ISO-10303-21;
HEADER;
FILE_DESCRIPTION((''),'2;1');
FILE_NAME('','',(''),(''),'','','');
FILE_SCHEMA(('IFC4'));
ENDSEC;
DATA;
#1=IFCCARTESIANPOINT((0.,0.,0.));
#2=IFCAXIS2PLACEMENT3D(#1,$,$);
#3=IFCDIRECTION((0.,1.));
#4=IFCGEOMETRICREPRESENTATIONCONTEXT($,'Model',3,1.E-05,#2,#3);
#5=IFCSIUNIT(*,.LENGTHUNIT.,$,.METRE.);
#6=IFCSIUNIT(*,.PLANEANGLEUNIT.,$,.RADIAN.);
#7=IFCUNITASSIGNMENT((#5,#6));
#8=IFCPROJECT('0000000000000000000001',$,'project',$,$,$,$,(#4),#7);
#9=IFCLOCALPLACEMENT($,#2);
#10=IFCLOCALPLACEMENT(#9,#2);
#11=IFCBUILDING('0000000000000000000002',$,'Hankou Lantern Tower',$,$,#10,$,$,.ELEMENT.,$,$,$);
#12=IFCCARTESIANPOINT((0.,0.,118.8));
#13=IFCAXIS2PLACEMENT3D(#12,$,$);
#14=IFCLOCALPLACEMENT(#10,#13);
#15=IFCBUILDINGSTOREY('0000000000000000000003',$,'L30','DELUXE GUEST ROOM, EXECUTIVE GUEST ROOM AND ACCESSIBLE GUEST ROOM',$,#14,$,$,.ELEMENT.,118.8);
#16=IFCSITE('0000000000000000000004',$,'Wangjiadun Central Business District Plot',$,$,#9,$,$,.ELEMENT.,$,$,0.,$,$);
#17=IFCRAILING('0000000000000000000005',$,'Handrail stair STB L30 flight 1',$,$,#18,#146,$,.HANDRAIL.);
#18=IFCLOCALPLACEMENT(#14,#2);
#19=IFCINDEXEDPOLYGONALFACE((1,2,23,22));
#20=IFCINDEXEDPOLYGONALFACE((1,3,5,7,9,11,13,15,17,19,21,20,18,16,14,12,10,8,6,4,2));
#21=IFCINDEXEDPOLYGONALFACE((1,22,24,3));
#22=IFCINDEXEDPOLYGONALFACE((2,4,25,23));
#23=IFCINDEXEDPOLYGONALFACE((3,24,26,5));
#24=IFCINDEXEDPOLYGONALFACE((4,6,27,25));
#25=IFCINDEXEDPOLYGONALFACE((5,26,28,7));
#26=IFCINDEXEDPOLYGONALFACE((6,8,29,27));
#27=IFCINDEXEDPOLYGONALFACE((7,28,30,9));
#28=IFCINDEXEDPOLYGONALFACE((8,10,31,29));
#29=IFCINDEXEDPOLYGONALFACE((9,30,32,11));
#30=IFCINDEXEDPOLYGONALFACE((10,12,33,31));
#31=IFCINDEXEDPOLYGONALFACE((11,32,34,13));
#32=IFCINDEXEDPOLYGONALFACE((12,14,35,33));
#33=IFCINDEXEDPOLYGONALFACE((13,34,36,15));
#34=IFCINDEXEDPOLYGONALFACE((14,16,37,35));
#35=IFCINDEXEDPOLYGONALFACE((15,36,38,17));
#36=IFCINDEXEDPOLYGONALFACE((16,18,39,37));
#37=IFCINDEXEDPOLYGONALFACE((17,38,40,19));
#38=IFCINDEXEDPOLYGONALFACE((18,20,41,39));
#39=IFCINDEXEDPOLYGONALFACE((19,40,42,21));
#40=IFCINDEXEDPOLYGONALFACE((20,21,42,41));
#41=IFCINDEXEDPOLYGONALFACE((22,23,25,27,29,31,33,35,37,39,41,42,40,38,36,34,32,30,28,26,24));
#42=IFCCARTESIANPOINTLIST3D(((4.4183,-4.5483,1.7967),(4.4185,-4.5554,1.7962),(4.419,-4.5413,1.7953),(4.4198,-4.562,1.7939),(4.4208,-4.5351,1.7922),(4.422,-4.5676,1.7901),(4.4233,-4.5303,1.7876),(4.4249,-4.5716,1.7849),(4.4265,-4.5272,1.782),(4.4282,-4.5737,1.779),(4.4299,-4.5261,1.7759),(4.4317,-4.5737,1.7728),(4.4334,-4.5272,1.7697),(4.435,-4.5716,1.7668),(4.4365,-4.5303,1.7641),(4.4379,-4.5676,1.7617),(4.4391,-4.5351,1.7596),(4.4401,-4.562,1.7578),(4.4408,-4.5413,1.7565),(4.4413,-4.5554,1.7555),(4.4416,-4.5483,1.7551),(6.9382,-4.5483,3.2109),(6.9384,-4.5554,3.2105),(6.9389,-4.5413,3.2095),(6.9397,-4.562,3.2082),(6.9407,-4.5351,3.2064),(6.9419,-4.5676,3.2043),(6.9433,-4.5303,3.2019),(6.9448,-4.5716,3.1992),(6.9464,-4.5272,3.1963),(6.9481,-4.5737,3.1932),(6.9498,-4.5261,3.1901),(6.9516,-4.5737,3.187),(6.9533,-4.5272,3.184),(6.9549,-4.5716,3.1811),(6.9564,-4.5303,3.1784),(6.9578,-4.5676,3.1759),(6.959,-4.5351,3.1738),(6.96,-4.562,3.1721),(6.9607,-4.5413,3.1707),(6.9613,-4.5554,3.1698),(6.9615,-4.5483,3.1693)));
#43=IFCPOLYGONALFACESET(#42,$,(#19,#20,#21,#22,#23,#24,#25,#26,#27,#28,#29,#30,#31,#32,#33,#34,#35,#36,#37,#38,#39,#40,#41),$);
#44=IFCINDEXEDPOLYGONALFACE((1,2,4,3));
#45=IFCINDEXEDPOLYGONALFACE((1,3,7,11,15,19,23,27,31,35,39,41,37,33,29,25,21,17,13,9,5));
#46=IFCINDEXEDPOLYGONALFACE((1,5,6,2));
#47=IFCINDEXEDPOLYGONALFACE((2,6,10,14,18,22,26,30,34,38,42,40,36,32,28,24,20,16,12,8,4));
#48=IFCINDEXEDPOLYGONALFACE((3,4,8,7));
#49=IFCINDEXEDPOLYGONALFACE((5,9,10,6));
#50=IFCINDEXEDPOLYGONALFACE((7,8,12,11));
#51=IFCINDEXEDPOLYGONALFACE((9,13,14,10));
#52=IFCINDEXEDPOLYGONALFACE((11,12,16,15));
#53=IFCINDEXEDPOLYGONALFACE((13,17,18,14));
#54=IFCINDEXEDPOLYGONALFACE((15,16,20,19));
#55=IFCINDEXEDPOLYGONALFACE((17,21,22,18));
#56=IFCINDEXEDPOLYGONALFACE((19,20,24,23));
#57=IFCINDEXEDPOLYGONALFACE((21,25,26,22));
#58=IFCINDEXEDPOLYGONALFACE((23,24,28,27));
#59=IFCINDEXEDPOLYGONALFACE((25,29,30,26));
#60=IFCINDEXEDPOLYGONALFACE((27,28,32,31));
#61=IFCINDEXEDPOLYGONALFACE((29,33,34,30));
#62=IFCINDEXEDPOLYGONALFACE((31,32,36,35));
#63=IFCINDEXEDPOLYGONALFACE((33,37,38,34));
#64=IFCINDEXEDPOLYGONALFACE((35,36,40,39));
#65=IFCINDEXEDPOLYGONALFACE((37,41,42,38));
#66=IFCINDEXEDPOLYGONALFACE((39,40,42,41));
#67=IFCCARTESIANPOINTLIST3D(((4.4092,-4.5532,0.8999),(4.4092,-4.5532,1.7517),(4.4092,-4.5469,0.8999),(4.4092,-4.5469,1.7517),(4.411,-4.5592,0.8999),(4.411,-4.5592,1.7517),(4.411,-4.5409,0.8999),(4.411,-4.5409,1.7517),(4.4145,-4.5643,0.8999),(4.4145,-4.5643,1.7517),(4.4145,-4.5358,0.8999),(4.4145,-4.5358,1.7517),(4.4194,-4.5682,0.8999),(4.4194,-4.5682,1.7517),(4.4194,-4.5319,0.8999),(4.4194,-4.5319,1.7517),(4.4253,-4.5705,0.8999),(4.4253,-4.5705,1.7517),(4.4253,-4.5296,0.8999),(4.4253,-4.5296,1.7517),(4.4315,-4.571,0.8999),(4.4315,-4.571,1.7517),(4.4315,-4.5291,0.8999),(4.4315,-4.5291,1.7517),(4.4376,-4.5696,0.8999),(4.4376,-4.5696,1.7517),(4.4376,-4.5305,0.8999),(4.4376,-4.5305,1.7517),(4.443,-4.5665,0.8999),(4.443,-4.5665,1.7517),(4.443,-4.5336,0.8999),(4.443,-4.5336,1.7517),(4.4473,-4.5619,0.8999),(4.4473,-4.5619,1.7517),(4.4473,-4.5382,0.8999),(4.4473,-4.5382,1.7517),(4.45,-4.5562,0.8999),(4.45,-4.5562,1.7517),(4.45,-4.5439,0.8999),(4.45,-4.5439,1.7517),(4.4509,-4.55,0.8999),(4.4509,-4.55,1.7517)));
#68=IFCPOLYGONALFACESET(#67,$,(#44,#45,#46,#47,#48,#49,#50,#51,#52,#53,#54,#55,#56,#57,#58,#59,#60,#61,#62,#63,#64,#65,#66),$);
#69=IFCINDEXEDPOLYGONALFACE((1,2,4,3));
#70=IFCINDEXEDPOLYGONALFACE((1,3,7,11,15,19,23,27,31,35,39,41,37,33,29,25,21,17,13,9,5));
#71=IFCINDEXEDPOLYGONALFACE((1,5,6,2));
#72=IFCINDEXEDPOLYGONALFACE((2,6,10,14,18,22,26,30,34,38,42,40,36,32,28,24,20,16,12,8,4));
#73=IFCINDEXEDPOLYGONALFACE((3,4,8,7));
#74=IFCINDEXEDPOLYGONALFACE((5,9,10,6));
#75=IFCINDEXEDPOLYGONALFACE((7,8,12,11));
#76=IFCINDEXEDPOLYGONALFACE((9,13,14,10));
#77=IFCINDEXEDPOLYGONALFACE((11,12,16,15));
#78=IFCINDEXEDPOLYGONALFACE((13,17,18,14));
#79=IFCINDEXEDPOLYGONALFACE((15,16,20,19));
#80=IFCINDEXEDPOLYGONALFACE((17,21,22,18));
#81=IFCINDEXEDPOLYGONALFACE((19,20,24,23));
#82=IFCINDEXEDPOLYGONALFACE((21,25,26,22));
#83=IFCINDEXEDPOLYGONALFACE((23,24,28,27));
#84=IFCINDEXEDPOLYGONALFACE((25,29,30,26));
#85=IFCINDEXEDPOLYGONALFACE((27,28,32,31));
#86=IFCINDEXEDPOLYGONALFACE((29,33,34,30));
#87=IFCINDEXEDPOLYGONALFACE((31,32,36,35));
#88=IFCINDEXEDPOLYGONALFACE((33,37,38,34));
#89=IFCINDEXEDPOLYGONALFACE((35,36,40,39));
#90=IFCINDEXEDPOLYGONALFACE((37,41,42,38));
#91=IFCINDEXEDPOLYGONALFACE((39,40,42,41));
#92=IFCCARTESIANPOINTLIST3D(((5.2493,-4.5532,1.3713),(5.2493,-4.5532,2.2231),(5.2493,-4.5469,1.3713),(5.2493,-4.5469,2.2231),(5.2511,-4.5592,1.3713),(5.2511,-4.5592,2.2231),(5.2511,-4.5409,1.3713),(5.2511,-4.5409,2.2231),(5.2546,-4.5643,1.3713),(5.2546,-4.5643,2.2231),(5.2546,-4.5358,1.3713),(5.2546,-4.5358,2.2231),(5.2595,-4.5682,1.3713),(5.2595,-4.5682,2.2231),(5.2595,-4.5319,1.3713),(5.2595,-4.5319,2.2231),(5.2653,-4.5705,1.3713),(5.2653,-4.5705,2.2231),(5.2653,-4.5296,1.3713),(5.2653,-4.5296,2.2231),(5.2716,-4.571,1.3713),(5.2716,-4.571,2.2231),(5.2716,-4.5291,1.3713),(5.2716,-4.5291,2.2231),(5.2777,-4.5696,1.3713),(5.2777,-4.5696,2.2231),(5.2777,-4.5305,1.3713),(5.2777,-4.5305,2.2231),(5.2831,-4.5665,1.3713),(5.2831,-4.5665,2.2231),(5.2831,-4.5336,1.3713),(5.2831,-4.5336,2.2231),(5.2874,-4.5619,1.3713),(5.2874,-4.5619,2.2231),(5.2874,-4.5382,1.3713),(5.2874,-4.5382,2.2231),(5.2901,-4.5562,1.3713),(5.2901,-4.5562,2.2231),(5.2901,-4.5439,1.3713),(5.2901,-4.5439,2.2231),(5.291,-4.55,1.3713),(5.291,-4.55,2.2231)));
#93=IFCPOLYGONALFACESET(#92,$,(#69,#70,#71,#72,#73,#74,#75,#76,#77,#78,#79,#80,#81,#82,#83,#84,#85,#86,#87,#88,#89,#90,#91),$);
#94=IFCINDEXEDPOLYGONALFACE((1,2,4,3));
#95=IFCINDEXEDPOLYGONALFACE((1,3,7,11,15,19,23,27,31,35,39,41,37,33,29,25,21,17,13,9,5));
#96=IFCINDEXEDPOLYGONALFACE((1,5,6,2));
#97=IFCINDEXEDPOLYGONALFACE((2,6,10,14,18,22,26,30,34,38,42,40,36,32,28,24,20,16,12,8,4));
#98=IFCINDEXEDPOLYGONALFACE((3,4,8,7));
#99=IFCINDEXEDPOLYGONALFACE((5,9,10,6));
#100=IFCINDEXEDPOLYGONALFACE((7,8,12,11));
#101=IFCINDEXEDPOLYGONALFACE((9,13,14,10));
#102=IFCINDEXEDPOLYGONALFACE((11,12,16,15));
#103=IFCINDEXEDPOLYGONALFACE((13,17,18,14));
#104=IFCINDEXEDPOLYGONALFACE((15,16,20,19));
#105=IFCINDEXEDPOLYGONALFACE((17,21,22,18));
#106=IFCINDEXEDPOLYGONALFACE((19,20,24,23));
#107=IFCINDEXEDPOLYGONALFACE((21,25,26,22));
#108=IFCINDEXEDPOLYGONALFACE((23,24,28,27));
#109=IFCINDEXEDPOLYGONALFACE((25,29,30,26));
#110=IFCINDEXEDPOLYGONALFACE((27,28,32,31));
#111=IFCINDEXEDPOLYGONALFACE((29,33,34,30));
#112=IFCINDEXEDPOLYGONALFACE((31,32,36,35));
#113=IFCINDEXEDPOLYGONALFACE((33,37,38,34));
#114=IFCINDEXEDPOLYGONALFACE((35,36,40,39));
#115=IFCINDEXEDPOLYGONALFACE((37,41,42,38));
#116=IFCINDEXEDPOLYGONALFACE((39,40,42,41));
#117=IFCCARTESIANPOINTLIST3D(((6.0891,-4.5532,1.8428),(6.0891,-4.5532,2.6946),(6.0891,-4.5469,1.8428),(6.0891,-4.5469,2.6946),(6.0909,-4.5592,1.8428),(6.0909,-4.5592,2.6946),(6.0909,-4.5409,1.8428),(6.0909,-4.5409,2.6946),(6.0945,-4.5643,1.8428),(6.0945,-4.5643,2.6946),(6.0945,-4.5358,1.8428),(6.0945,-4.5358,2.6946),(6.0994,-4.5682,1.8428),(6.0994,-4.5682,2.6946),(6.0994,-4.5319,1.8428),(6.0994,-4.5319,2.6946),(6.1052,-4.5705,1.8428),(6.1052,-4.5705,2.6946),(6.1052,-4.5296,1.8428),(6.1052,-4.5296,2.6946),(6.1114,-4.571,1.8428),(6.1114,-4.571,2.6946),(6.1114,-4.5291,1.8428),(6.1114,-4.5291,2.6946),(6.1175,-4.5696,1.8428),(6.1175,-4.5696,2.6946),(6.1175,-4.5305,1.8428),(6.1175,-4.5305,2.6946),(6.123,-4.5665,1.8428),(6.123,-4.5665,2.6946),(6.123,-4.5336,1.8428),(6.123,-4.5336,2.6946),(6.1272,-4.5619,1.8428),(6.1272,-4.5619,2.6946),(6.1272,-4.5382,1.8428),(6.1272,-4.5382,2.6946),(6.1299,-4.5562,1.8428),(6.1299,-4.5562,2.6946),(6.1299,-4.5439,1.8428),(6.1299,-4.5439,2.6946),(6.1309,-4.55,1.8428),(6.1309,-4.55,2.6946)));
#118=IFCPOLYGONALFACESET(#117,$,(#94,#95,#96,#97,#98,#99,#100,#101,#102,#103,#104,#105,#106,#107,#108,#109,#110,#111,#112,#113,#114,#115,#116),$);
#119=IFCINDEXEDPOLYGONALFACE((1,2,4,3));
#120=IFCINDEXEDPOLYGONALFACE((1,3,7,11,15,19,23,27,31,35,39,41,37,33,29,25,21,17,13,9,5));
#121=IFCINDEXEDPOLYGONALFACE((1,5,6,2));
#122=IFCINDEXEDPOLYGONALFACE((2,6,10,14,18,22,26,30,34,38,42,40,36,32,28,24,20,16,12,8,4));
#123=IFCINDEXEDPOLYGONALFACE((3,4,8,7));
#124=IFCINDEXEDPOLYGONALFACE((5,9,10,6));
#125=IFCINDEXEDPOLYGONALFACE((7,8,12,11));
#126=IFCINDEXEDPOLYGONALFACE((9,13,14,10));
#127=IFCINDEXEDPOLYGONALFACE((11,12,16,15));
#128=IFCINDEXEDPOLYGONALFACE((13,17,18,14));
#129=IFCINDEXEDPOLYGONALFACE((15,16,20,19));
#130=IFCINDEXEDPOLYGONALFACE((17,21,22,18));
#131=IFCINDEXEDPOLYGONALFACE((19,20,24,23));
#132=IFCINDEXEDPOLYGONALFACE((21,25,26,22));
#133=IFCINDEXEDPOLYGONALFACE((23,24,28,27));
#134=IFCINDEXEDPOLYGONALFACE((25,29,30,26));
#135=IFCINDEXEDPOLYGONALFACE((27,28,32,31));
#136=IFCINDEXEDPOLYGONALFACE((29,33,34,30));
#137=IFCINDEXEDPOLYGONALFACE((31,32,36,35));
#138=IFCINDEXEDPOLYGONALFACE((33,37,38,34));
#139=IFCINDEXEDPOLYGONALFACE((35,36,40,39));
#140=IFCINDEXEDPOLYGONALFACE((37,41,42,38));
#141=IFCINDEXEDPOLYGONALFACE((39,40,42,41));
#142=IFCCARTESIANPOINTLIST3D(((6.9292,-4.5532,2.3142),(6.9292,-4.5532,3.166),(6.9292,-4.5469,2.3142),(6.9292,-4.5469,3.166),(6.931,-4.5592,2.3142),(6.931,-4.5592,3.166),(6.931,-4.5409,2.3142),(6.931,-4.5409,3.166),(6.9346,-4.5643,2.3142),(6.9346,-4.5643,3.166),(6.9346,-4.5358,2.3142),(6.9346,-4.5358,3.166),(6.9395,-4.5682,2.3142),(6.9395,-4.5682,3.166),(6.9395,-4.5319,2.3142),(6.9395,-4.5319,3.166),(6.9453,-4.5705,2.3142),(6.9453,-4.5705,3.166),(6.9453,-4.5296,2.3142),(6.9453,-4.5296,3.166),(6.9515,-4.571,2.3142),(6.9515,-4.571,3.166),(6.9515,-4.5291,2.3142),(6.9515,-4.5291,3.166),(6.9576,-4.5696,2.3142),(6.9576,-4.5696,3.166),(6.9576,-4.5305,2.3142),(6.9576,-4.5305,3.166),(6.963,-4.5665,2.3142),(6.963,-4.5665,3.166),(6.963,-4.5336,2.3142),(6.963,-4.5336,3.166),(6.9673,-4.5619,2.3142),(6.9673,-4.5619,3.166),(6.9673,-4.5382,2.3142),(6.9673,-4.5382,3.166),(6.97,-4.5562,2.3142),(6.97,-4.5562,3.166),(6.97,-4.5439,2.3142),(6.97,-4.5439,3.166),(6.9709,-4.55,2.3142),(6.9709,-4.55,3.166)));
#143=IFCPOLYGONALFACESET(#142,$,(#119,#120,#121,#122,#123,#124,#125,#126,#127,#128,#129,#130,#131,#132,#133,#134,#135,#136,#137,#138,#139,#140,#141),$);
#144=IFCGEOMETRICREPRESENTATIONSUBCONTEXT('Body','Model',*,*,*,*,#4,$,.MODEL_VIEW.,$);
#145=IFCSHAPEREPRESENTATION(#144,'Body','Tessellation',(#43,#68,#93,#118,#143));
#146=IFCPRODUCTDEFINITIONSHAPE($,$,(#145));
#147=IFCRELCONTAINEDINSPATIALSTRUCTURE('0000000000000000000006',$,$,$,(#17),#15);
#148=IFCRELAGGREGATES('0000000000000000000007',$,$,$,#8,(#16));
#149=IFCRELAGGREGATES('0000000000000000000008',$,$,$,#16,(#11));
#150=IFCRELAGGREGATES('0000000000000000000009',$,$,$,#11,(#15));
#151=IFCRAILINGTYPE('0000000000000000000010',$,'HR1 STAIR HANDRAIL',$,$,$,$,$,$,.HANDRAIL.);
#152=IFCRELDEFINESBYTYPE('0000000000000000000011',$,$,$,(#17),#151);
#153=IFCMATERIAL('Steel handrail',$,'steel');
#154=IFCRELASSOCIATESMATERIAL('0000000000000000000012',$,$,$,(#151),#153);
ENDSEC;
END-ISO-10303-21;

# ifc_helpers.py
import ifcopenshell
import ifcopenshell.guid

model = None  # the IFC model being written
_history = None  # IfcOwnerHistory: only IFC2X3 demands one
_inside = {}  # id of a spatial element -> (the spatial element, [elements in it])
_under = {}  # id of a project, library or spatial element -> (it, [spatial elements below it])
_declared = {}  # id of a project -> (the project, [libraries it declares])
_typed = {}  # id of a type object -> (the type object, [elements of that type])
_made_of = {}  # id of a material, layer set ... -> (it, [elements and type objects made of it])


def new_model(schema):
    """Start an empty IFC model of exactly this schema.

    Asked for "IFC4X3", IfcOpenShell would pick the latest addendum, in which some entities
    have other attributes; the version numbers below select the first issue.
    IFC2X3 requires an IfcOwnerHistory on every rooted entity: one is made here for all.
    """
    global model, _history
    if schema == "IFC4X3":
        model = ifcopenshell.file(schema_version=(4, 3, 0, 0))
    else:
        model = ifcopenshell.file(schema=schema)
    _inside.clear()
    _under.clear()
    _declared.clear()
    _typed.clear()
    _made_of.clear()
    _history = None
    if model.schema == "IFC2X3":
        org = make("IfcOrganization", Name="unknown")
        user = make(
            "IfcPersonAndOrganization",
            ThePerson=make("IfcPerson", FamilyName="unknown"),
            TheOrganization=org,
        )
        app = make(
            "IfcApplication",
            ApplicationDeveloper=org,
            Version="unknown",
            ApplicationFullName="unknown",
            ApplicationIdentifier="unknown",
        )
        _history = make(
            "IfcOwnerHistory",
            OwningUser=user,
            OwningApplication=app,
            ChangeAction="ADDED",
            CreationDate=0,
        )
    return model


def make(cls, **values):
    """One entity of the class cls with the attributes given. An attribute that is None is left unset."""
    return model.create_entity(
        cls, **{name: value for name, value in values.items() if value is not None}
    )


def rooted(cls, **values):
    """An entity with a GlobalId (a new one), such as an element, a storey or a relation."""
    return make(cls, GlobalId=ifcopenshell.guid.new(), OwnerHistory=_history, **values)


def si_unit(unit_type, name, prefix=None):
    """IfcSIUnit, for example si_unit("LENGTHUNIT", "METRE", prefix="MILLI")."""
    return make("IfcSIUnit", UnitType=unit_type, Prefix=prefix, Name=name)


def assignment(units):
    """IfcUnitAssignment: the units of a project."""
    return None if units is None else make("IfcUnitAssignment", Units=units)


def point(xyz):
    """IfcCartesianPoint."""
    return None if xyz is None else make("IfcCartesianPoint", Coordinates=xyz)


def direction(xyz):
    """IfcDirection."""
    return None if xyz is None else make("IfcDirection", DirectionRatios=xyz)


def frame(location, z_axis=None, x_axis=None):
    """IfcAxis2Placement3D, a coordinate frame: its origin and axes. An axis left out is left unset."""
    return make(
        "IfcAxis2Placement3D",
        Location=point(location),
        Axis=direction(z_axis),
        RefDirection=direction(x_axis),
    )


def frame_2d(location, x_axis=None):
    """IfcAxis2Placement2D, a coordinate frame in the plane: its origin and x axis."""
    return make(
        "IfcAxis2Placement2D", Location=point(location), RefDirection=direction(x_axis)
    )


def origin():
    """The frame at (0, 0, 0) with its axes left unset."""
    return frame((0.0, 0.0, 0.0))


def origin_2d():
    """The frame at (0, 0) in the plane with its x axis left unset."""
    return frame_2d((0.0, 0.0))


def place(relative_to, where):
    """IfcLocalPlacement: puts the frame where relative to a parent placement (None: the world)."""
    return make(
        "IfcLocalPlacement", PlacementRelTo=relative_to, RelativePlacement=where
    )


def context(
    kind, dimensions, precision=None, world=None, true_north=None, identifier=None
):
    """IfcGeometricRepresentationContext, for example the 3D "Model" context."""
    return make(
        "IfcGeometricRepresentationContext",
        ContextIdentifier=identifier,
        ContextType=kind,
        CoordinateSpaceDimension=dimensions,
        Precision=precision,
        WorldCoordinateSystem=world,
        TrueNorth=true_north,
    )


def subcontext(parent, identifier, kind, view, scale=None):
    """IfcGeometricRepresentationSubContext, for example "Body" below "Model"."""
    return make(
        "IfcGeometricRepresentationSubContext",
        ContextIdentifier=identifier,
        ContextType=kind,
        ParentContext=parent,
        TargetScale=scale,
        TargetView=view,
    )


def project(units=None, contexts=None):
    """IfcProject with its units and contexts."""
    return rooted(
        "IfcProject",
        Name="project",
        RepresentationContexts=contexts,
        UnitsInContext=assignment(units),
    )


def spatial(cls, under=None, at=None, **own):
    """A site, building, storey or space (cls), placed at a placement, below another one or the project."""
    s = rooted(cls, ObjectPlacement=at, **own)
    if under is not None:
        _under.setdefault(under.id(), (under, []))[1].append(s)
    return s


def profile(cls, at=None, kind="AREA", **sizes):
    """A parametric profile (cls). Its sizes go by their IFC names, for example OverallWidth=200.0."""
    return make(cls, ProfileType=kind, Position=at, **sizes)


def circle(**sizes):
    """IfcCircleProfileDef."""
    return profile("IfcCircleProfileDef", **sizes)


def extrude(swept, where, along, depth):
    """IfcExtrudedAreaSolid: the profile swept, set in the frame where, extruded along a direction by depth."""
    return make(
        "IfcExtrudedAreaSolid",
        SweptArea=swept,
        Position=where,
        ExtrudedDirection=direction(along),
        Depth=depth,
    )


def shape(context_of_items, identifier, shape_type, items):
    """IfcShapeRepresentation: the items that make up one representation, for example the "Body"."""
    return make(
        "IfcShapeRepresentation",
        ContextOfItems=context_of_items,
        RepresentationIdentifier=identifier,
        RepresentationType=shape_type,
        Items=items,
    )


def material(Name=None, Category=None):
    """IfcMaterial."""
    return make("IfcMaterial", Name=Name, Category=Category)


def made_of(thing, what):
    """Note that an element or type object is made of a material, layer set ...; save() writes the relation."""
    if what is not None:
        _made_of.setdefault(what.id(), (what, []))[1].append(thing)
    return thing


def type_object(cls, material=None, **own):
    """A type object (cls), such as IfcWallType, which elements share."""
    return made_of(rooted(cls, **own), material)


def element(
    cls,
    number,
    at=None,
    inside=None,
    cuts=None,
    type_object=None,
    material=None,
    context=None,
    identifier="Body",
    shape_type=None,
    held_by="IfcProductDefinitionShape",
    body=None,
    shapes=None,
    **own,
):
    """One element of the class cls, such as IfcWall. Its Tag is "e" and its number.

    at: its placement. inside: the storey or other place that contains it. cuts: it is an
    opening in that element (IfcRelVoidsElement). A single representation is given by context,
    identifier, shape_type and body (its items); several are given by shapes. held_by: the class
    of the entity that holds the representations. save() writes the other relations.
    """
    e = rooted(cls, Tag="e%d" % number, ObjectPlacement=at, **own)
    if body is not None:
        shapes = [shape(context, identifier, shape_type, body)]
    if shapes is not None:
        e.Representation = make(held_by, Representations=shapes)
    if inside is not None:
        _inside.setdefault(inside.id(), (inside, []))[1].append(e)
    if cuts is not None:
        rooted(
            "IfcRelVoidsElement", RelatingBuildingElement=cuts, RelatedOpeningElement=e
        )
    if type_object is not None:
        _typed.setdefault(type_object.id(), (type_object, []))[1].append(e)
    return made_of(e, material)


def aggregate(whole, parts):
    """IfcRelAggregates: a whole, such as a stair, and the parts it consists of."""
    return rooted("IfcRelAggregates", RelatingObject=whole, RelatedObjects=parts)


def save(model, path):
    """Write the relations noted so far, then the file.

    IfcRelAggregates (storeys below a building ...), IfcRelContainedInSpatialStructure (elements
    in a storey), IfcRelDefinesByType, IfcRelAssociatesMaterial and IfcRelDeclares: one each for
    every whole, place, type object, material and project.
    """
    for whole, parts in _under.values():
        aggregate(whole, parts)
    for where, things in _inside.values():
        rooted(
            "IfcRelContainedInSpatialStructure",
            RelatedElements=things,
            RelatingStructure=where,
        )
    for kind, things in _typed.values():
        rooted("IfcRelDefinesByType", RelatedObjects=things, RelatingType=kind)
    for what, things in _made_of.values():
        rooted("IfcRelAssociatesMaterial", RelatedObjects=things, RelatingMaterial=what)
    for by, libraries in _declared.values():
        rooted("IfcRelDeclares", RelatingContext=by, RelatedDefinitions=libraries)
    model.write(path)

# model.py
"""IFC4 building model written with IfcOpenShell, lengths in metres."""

from ifc_helpers import new_model, si_unit, direction, frame, origin, origin_2d, place, context, subcontext, project, spatial, circle, extrude, material, type_object, element, save


model = new_model("IFC4")

# Units and contexts
model_context = context("Model", 3, precision=1e-05, world=origin(), true_north=direction((0.0, 1.0)))
body_context = subcontext(model_context, "Body", "Model", "MODEL_VIEW")
ifc_project = project(units=[si_unit("LENGTHUNIT", "METRE"), si_unit("PLANEANGLEUNIT", "RADIAN")], contexts=[model_context])

# Site, building, storey
site_placement = place(None, origin())
site = spatial("IfcSite", under=ifc_project, at=site_placement, Name="Wangjiadun Central Business District Plot", CompositionType="ELEMENT", RefElevation=0.0)
building_placement = place(site_placement, origin())
building = spatial("IfcBuilding", under=site, at=building_placement, Name="Hankou Lantern Tower", CompositionType="ELEMENT")
storey_placement = place(building_placement, frame((0.0, 0.0, 118.8)))
storey = spatial("IfcBuildingStorey", under=building, at=storey_placement, Name="L30", Description="DELUXE GUEST ROOM, EXECUTIVE GUEST ROOM AND ACCESSIBLE GUEST ROOM", CompositionType="ELEMENT", Elevation=118.8)

# Railing
ifc_material_1 = material(Name="Steel handrail", Category="steel")
railing_type = type_object("IfcRailingType", Name="HR1 STAIR HANDRAIL", PredefinedType="HANDRAIL", material=ifc_material_1)
railing_1_placement = place(storey_placement, frame((4.4299, -4.55, 0.8999)))
element("IfcRailing", 1, at=railing_1_placement, inside=storey, type_object=railing_type, Name="Handrail stair STB L30 flight 1", PredefinedType="HANDRAIL", context=body_context, shape_type="SweptSolid", body=[
    extrude(circle(Radius=0.0239, at=origin_2d()), frame((0.0, 0.0, 0.876), z_axis=(0.872049, 0.0, 0.489419), x_axis=(0.0, 1.0, 0.0)), (0.0, 0.0, 1.0), 2.8896),
    extrude(circle(Radius=0.021, at=origin_2d()), origin(), (0.0, 0.0, 1.0), 0.8518),
    extrude(circle(Radius=0.021, at=origin_2d()), frame((0.8401, 0.0, 0.4714)), (0.0, 0.0, 1.0), 0.8518),
    extrude(circle(Radius=0.021, at=origin_2d()), frame((1.6799, 0.0, 0.9429)), (0.0, 0.0, 1.0), 0.8518),
    extrude(circle(Radius=0.021, at=origin_2d()), frame((2.52, 0.0, 1.4143)), (0.0, 0.0, 1.0), 0.8518),
])

save(model, "model.ifc")
